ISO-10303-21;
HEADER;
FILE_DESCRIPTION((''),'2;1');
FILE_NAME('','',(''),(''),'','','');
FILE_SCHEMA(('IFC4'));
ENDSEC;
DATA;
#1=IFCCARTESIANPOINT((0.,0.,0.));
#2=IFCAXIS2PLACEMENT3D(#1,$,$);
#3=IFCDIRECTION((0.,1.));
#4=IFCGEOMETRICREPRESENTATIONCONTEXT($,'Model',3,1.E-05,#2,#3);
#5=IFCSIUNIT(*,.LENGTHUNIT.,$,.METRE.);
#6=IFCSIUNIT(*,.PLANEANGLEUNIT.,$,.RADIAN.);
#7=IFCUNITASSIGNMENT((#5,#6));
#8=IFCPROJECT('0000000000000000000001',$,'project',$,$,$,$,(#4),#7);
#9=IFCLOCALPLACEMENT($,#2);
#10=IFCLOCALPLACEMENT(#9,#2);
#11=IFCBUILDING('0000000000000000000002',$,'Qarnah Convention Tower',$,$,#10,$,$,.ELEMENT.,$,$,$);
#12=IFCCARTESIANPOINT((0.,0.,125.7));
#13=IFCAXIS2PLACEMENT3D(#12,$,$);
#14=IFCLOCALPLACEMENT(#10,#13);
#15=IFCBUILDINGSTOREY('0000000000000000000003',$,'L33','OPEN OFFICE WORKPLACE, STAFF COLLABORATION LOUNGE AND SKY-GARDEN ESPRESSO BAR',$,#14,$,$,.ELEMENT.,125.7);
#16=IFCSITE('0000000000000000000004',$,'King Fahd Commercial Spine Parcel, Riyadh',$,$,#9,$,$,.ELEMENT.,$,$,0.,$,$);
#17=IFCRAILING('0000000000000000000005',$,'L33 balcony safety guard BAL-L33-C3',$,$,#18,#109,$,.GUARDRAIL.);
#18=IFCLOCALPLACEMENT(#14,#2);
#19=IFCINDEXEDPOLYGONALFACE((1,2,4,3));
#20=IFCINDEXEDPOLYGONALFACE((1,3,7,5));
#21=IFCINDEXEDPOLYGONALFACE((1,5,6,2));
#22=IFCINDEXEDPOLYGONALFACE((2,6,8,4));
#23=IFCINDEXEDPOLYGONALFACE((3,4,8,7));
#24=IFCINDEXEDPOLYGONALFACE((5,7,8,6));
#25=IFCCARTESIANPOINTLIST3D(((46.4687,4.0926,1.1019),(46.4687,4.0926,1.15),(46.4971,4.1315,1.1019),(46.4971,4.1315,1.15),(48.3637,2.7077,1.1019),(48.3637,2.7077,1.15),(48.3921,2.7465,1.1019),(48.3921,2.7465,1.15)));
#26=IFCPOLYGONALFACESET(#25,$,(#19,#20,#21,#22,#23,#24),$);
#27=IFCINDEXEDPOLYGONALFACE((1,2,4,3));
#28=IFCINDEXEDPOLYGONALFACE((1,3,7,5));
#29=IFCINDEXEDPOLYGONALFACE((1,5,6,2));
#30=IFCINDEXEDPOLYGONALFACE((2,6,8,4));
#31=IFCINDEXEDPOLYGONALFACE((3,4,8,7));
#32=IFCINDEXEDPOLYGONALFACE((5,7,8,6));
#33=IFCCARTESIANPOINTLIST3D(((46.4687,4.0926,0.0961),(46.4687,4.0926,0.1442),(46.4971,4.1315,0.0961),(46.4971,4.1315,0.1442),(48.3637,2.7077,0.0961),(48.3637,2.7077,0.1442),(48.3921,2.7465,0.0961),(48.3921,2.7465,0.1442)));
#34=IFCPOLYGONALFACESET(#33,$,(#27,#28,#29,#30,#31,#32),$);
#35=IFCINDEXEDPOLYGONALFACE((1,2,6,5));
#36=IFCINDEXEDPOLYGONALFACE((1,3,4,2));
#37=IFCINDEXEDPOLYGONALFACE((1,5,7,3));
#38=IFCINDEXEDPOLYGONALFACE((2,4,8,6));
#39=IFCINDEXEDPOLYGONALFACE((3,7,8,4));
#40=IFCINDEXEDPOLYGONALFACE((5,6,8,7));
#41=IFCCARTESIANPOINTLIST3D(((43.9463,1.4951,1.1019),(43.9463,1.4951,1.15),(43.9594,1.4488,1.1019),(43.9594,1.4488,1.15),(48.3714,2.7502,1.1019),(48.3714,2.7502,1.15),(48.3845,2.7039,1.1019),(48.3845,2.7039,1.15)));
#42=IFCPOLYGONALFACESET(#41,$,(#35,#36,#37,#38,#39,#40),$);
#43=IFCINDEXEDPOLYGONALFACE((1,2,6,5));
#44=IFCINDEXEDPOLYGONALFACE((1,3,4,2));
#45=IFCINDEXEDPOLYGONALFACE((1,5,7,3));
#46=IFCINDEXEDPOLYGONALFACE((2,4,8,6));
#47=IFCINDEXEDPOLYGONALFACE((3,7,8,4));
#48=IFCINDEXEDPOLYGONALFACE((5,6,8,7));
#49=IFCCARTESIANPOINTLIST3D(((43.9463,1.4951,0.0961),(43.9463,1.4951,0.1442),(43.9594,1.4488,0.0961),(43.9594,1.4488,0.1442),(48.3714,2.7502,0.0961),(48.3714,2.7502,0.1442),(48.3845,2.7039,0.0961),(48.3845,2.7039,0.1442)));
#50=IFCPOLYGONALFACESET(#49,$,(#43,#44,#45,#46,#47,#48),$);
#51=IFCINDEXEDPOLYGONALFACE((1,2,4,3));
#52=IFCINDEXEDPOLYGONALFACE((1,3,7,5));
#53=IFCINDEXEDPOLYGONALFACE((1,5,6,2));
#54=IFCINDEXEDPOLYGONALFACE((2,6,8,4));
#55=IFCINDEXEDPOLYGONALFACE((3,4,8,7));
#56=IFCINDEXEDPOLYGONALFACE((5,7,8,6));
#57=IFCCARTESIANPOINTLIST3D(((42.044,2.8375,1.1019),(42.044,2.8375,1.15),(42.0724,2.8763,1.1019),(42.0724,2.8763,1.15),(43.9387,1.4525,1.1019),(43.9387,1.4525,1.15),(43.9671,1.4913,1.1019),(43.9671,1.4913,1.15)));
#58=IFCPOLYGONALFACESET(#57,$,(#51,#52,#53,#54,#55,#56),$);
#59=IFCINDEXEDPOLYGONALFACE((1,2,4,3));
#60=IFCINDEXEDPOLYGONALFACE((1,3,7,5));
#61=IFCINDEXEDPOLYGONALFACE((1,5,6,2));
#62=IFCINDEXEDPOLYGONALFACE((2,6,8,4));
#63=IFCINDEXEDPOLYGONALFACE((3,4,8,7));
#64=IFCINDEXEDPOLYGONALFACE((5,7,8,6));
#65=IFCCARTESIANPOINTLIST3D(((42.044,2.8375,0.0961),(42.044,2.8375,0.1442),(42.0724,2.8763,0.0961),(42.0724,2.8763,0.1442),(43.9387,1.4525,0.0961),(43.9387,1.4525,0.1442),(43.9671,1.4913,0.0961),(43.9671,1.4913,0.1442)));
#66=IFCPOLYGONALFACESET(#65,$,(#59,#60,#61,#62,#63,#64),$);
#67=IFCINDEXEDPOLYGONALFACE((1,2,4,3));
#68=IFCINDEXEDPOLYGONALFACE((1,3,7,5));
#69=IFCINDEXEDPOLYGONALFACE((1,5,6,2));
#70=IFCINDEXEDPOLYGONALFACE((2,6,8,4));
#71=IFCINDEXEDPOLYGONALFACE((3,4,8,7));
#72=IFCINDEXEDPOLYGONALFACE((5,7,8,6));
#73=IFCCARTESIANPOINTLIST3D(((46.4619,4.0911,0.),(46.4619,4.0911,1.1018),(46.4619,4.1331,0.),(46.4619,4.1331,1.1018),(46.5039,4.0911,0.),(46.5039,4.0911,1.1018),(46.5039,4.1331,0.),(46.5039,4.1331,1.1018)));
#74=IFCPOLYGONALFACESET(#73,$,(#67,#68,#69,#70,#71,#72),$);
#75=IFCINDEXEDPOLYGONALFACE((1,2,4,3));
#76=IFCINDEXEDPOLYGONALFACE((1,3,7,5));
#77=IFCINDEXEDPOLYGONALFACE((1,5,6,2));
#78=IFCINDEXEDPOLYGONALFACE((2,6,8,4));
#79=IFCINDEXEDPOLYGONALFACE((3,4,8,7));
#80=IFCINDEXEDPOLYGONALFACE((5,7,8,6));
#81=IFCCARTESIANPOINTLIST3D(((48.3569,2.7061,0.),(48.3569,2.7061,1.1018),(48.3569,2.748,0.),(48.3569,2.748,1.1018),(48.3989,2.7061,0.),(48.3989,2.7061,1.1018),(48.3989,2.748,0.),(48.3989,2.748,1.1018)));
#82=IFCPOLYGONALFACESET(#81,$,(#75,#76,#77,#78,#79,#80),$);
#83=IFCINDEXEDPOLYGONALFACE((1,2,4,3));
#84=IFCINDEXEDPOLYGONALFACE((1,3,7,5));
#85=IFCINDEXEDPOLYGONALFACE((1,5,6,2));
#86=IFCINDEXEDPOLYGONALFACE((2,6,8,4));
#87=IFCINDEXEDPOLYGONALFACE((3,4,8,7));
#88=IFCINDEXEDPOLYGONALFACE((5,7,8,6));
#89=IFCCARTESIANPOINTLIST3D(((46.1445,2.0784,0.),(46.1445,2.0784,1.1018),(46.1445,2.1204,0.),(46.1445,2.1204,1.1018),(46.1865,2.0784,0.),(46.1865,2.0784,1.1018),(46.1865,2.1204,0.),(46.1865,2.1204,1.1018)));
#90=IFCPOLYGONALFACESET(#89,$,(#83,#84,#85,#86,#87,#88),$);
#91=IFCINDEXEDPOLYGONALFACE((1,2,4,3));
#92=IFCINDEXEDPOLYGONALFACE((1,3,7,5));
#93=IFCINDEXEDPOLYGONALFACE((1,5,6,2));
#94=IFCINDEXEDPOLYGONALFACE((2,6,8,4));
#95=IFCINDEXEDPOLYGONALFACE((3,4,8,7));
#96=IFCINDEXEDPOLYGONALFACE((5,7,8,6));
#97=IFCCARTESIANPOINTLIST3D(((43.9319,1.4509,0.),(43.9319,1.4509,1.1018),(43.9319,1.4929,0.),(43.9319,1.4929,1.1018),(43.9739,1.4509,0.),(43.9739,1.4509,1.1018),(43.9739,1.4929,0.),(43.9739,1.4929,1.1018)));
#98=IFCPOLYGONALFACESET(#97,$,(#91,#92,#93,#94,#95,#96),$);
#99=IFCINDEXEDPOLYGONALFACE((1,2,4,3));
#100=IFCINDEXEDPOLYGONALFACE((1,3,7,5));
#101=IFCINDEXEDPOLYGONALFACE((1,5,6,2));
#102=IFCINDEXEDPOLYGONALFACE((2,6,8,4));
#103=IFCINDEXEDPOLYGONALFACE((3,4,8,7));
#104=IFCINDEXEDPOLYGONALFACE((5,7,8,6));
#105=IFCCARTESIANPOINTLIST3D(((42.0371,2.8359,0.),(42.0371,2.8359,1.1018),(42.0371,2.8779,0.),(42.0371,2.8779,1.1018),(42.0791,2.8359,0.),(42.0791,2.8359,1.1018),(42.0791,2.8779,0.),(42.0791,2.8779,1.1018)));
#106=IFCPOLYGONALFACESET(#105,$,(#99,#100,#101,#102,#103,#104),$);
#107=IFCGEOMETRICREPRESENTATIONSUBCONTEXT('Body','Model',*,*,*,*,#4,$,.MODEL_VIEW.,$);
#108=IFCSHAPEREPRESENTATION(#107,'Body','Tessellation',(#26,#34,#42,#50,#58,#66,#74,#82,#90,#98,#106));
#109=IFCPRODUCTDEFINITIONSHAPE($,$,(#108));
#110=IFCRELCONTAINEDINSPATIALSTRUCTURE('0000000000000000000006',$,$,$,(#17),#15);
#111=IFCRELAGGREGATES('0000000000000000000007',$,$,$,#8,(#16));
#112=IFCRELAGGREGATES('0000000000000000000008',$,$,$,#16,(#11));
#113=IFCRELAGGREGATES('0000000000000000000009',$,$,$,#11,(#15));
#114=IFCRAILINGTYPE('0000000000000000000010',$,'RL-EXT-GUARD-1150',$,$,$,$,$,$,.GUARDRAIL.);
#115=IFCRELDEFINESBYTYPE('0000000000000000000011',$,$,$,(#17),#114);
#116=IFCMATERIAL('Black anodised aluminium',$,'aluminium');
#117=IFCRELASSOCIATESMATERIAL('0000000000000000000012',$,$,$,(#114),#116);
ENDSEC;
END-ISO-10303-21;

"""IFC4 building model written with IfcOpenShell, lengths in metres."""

from ifc_helpers import new_model, si_unit, direction, frame, origin, origin_2d, place, context, subcontext, project, spatial, rectangle, extrude, material, type_object, element, save


model = new_model("IFC4")

# Units and contexts
model_context = context("Model", 3, precision=1e-05, world=origin(), true_north=direction((0.0, 1.0)))
body_context = subcontext(model_context, "Body", "Model", "MODEL_VIEW")
ifc_project = project(units=[si_unit("LENGTHUNIT", "METRE"), si_unit("PLANEANGLEUNIT", "RADIAN")], contexts=[model_context])

# Site, building, storey
site_placement = place(None, origin())
site = spatial("IfcSite", under=ifc_project, at=site_placement, Name="King Fahd Commercial Spine Parcel, Riyadh", CompositionType="ELEMENT", RefElevation=0.0)
building_placement = place(site_placement, origin())
building = spatial("IfcBuilding", under=site, at=building_placement, Name="Qarnah Convention Tower", CompositionType="ELEMENT")
storey_placement = place(building_placement, frame((0.0, 0.0, 125.7)))
storey = spatial("IfcBuildingStorey", under=building, at=storey_placement, Name="L33", Description="OPEN OFFICE WORKPLACE, STAFF COLLABORATION LOUNGE AND SKY-GARDEN ESPRESSO BAR", CompositionType="ELEMENT", Elevation=125.7)

# Shared definitions
ifc_material_1 = material(Name="Black anodised aluminium", Category="aluminium")

# Railing
railing_type = type_object("IfcRailingType", Name="RL-EXT-GUARD-1150", PredefinedType="GUARDRAIL", material=ifc_material_1)
railing_1_placement = place(storey_placement, frame((46.4829, 4.1121, 0.0)))
element("IfcRailing", 1, at=railing_1_placement, inside=storey, type_object=railing_type, Name="L33 balcony safety guard BAL-L33-C3", PredefinedType="GUARDRAIL", context=body_context, shape_type="SweptSolid", body=[
    extrude(rectangle(XDim=0.0481, YDim=0.0481, at=origin_2d()), frame((0.0, 0.0, 1.126), z_axis=(0.807353, -0.590069, 0.0), x_axis=(0.590069, 0.807353, 0.0)), (0.0, 0.0, 1.0), 2.3472),
    extrude(rectangle(XDim=0.0481, YDim=0.0481, at=origin_2d()), frame((0.0, 0.0, 0.1201), z_axis=(0.807353, -0.590069, 0.0), x_axis=(0.590069, 0.807353, 0.0)), (0.0, 0.0, 1.0), 2.3472),
    extrude(rectangle(XDim=0.0481, YDim=0.0481, at=origin_2d()), frame((1.895, -1.385, 1.126), z_axis=(-0.962049, -0.272877, 0.0), x_axis=(0.272877, -0.962049, 0.0)), (0.0, 0.0, 1.0), 4.5996),
    extrude(rectangle(XDim=0.0481, YDim=0.0481, at=origin_2d()), frame((1.895, -1.385, 0.1201), z_axis=(-0.962049, -0.272877, 0.0), x_axis=(0.272877, -0.962049, 0.0)), (0.0, 0.0, 1.0), 4.5996),
    extrude(rectangle(XDim=0.0481, YDim=0.0481, at=origin_2d()), frame((-2.53, -2.6401, 1.126), z_axis=(-0.807317, 0.590118, 0.0), x_axis=(-0.590118, -0.807317, 0.0)), (0.0, 0.0, 1.0), 2.3469),
    extrude(rectangle(XDim=0.0481, YDim=0.0481, at=origin_2d()), frame((-2.53, -2.6401, 0.1201), z_axis=(-0.807317, 0.590118, 0.0), x_axis=(-0.590118, -0.807317, 0.0)), (0.0, 0.0, 1.0), 2.3469),
    extrude(rectangle(XDim=0.042, YDim=0.042, at=origin_2d()), origin(), (0.0, 0.0, 1.0), 1.1018),
    extrude(rectangle(XDim=0.042, YDim=0.042, at=origin_2d()), frame((1.895, -1.385, 0.0)), (0.0, 0.0, 1.0), 1.1018),
    extrude(rectangle(XDim=0.042, YDim=0.042, at=origin_2d()), frame((-0.3174, -2.0127, 0.0)), (0.0, 0.0, 1.0), 1.1018),
    extrude(rectangle(XDim=0.042, YDim=0.042, at=origin_2d()), frame((-2.53, -2.6401, 0.0)), (0.0, 0.0, 1.0), 1.1018),
    extrude(rectangle(XDim=0.042, YDim=0.042, at=origin_2d()), frame((-4.4248, -1.2551, 0.0)), (0.0, 0.0, 1.0), 1.1018),
])

save(model, "model.ifc")
